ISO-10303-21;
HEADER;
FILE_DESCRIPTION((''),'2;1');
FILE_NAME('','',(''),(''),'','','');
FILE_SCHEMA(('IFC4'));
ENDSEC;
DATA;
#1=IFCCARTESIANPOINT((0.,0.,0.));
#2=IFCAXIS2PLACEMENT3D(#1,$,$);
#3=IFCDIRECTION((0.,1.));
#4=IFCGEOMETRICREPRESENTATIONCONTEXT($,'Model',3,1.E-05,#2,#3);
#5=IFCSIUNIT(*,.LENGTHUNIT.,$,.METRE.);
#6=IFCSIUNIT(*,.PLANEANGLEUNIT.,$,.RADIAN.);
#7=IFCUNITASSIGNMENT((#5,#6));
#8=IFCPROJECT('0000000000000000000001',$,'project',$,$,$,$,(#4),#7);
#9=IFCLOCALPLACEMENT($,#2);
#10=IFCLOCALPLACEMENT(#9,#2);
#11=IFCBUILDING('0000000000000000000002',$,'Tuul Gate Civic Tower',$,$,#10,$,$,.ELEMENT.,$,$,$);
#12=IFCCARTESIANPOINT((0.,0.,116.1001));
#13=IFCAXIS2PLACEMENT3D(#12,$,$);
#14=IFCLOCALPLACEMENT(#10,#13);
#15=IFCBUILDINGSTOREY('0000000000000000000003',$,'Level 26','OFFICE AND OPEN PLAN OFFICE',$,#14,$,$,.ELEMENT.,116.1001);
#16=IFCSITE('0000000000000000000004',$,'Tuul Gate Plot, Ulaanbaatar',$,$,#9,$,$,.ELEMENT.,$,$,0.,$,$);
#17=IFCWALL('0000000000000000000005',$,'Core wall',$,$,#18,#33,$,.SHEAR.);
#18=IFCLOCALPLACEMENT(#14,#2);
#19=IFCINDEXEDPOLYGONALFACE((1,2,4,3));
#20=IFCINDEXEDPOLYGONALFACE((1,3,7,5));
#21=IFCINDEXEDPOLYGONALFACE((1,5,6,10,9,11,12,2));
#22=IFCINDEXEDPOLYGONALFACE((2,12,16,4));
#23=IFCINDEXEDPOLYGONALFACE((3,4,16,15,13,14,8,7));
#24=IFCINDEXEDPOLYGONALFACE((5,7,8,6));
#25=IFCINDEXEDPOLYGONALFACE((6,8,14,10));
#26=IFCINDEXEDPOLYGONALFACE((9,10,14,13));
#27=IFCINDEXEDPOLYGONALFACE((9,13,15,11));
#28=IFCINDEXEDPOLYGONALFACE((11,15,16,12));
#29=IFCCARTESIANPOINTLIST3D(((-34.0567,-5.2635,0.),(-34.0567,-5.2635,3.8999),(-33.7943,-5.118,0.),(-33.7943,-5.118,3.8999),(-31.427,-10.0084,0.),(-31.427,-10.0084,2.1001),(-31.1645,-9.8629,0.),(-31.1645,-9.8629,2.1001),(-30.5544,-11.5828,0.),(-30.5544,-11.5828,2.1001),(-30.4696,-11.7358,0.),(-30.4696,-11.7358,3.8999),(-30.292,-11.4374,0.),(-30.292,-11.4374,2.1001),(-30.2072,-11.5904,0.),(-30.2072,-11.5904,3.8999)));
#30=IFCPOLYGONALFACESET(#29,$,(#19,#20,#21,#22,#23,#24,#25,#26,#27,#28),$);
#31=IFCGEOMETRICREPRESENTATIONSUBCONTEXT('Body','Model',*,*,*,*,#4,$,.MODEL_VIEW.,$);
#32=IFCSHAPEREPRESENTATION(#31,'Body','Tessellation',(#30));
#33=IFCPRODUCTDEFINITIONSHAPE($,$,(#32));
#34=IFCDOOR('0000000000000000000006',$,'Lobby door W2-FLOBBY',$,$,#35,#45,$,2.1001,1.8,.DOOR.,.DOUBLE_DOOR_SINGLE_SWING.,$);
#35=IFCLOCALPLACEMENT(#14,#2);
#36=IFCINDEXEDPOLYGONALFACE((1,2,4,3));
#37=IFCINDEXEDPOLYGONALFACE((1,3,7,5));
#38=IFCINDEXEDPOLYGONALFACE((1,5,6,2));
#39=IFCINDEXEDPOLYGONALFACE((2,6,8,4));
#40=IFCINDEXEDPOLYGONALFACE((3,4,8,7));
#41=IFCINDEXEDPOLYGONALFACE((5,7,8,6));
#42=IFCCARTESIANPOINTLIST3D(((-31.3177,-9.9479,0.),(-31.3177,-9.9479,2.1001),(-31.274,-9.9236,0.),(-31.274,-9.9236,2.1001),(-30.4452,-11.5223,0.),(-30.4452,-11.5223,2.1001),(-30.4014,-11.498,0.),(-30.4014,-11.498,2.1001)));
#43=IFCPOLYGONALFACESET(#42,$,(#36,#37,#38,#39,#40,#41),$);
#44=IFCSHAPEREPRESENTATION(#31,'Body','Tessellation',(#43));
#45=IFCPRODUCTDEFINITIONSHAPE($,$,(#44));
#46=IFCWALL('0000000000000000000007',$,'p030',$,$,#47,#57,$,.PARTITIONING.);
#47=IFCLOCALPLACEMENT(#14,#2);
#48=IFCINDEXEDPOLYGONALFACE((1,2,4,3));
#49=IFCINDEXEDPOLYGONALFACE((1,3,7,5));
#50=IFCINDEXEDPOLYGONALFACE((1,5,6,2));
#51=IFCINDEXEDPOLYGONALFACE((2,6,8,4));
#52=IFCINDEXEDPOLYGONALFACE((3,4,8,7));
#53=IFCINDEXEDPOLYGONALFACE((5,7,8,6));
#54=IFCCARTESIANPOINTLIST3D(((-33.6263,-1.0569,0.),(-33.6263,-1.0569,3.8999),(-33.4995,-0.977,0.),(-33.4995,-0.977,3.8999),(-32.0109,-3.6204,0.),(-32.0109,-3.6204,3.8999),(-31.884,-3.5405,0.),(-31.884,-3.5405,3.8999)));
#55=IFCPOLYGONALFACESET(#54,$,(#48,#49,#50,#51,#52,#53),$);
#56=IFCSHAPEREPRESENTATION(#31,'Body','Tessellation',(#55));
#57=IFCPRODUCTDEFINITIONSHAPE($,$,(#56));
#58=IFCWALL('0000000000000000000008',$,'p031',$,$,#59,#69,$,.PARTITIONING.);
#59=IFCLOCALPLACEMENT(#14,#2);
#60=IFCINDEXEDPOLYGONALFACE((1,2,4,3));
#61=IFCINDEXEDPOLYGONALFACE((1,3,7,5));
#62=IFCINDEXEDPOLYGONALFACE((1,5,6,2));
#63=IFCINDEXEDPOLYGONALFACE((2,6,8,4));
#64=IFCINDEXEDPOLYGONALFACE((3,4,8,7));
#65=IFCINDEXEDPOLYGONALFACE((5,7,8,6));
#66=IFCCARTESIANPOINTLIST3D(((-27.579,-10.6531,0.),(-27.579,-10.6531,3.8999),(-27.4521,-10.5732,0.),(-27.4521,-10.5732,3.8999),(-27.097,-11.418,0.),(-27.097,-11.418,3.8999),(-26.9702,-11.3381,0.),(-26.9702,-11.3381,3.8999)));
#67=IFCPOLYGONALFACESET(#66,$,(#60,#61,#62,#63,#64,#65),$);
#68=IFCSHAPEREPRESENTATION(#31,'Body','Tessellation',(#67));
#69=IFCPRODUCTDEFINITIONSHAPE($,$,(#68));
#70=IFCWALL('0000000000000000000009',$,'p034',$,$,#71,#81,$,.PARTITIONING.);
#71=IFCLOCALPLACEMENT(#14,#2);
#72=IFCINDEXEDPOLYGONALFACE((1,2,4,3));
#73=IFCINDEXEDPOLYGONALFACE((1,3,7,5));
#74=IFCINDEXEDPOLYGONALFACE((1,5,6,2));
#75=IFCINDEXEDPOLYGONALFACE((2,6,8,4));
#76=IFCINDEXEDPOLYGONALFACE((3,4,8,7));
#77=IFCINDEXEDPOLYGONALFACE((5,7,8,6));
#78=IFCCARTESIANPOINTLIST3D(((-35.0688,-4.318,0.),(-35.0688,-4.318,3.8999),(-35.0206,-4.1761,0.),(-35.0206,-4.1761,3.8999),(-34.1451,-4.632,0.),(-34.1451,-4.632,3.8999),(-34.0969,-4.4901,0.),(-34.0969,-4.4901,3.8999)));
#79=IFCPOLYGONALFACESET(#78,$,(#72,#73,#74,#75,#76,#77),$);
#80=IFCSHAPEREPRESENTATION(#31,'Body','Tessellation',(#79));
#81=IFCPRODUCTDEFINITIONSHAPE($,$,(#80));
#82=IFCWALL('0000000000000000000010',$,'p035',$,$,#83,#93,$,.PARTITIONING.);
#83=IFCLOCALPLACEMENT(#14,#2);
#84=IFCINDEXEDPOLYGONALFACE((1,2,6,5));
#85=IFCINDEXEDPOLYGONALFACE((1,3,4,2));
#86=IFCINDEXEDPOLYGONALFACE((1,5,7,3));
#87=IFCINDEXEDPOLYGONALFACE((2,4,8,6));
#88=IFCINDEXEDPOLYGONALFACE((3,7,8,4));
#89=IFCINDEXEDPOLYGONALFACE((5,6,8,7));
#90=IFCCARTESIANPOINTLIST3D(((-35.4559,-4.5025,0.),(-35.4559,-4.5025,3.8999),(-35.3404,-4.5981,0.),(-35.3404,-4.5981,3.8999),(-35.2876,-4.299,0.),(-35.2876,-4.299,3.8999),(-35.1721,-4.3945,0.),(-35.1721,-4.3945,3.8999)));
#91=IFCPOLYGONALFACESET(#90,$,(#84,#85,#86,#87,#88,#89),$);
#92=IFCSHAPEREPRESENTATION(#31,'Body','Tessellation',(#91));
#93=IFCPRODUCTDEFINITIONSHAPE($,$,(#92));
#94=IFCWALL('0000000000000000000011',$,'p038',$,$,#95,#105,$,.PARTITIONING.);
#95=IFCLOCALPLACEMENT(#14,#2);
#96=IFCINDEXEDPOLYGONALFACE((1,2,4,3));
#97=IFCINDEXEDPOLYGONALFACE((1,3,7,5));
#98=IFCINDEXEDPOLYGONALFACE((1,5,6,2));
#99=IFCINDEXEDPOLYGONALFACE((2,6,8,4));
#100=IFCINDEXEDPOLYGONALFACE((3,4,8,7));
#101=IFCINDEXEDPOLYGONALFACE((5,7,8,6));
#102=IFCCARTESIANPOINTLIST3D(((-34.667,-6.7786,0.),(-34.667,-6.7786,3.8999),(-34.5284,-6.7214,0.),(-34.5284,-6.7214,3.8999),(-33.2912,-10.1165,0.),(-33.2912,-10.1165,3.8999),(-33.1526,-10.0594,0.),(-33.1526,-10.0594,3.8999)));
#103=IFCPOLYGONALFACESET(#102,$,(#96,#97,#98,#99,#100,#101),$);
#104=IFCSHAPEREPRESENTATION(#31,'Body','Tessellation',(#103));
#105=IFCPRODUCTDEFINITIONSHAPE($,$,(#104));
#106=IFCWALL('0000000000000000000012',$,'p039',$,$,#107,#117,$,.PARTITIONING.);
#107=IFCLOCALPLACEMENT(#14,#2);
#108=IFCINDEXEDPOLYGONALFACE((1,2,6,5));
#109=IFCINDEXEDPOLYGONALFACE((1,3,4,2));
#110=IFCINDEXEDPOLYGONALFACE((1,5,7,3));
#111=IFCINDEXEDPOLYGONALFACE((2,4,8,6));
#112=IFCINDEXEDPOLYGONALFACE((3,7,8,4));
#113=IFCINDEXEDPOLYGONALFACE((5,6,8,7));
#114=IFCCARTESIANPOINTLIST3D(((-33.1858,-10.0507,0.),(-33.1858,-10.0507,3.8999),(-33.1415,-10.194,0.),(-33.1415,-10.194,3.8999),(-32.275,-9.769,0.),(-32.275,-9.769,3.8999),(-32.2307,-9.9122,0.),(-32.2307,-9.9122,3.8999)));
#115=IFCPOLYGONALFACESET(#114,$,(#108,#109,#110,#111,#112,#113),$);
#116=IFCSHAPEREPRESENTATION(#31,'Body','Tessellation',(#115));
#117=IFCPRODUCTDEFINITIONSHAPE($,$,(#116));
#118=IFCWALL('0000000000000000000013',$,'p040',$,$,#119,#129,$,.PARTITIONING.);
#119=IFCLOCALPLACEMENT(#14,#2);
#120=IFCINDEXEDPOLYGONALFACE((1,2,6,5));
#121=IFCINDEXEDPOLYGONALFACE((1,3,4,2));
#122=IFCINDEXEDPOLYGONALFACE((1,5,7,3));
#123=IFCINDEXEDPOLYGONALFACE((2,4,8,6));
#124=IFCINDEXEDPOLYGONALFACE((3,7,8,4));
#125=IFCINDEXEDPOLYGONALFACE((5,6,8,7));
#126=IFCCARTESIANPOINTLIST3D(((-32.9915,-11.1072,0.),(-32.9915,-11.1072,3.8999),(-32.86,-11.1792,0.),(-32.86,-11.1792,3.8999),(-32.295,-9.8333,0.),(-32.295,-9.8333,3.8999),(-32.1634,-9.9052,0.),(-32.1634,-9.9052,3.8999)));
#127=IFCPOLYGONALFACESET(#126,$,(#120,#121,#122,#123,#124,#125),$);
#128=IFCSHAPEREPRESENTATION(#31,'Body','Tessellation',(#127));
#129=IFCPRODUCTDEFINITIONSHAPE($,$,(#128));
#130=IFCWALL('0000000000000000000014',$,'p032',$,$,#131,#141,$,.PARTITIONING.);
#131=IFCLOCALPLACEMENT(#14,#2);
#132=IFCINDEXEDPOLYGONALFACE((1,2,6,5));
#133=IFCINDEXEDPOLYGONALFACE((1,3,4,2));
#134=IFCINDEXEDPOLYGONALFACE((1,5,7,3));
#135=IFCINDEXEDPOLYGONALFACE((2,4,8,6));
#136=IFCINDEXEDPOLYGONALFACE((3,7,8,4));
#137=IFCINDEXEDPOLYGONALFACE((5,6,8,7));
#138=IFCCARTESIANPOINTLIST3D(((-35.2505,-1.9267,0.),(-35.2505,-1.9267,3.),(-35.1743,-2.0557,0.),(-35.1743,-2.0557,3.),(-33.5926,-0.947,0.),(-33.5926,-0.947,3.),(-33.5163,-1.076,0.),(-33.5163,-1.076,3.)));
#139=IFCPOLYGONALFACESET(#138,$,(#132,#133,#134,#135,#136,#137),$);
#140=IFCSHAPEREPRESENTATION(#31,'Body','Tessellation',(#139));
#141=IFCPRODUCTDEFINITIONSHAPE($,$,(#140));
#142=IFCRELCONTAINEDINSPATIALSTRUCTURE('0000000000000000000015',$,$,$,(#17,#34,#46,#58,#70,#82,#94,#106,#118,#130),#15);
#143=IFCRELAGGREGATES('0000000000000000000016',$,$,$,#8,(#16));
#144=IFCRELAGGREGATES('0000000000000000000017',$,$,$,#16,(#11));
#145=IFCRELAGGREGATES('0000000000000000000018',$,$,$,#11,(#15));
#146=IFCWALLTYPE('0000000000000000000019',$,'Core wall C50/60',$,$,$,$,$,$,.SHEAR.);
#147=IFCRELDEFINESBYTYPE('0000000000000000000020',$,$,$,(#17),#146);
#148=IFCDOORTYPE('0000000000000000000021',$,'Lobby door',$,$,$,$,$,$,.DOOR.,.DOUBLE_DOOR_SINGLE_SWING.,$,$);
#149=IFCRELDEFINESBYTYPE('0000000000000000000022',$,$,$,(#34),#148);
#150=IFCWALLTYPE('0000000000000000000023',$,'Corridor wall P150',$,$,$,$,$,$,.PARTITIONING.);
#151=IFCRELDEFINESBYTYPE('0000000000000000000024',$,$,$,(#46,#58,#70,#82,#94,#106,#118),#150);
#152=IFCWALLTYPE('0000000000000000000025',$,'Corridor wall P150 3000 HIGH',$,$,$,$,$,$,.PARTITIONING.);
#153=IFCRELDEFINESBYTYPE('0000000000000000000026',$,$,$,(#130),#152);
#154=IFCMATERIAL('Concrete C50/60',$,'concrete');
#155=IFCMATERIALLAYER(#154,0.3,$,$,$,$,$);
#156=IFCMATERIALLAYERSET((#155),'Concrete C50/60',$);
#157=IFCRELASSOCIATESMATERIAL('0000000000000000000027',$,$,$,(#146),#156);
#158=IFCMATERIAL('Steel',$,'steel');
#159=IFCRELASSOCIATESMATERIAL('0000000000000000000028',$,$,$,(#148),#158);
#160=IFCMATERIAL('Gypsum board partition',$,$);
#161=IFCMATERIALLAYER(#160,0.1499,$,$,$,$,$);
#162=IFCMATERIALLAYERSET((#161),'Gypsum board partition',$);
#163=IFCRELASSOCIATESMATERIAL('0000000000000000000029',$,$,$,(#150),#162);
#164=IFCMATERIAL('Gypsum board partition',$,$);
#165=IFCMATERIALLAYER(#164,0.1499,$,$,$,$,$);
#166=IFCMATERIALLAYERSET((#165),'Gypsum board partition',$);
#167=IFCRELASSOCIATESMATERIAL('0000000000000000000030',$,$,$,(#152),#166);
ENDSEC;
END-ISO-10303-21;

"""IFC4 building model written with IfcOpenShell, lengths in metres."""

from ifc_helpers import new_model, si_unit, direction, frame, frame_2d, origin, place, context, subcontext, project, spatial, rectangle, extrude, material, layer, layer_set, type_object, element, fill, save


model = new_model("IFC4")

# Units and contexts
model_context = context("Model", 3, precision=1e-05, world=origin(), true_north=direction((0.0, 1.0)))
body_context = subcontext(model_context, "Body", "Model", "MODEL_VIEW")
ifc_project = project(units=[si_unit("LENGTHUNIT", "METRE"), si_unit("PLANEANGLEUNIT", "RADIAN")], contexts=[model_context])

# Site, building, storey
site_placement = place(None, origin())
site = spatial("IfcSite", under=ifc_project, at=site_placement, Name="Tuul Gate Plot, Ulaanbaatar", CompositionType="ELEMENT", RefElevation=0.0)
building_placement = place(site_placement, origin())
building = spatial("IfcBuilding", under=site, at=building_placement, Name="Tuul Gate Civic Tower", CompositionType="ELEMENT")
storey_placement = place(building_placement, frame((0.0, 0.0, 116.1001)))
storey = spatial("IfcBuildingStorey", under=building, at=storey_placement, Name="Level 26", Description="OFFICE AND OPEN PLAN OFFICE", CompositionType="ELEMENT", Elevation=116.1001)

# Shared definitions
ifc_material_1 = material(Name="Concrete C50/60", Category="concrete")
ifc_layer_1 = layer(ifc_material_1, 0.3)
ifc_layer_set_1 = layer_set([ifc_layer_1], Name="Concrete C50/60")
wall_type_1 = type_object("IfcWallType", Name="Core wall C50/60", PredefinedType="SHEAR", material=ifc_layer_set_1)

# Wall, opening, door
wall_1_placement = place(storey_placement, frame((-30.3384, -11.6631, 0.0), z_axis=(0.0, 0.0, 1.0), x_axis=(-0.484752, 0.874652, 0.0)))
wall_1 = element("IfcWall", 1, at=wall_1_placement, inside=storey, type_object=wall_type_1, Name="Core wall", PredefinedType="SHEAR", context=body_context, shape_type="SweptSolid", body=[
    extrude(rectangle(XDim=7.3999, YDim=0.3, at=frame_2d((3.7, 0.0))), origin(), (0.0, 0.0, 1.0), 3.8999),
])
opening_1_placement = place(wall_1_placement, frame((0.175, 0.0, 0.0)))
opening_1 = element("IfcOpeningElement", 2, at=opening_1_placement, cuts=wall_1, PredefinedType="OPENING", context=body_context, shape_type="SweptSolid", body=[
    extrude(rectangle(XDim=1.8, YDim=2.1001, at=frame_2d((0.8999, 1.05))), frame((0.0, 0.1602, 0.0), z_axis=(0.0, -1.0, 0.0), x_axis=(1.0, 0.0, 0.0)), (0.0, 0.0, 1.0), 0.3201),
])
ifc_material_2 = material(Name="Steel", Category="steel")
door_type_1 = type_object("IfcDoorType", Name="Lobby door", OperationType="DOUBLE_DOOR_SINGLE_SWING", PredefinedType="DOOR", material=ifc_material_2)
door_1_placement = place(opening_1_placement, frame((1.8, 0.0, 0.0), z_axis=(0.0, 0.0, 1.0), x_axis=(-1.0, 0.0, 0.0)))
door_1 = element("IfcDoor", 3, at=door_1_placement, inside=storey, type_object=door_type_1, Name="Lobby door W2-FLOBBY", OperationType="DOUBLE_DOOR_SINGLE_SWING", OverallHeight=2.1001, OverallWidth=1.8, PredefinedType="DOOR", context=body_context, shape_type="SweptSolid", body=[
    extrude(rectangle(XDim=1.8, YDim=2.1001, at=frame_2d((0.9001, 1.05))), frame((0.0, 0.0249, 0.0), z_axis=(0.0, -1.0, 0.0), x_axis=(1.0, 0.0, 0.0)), (0.0, 0.0, 1.0), 0.05),
])
fill(opening_1, door_1)

# Walls
ifc_material_3 = material(Name="Gypsum board partition")
ifc_layer_2 = layer(ifc_material_3, 0.1499)
ifc_layer_set_2 = layer_set([ifc_layer_2], Name="Gypsum board partition")
wall_type_2 = type_object("IfcWallType", Name="Corridor wall P150", PredefinedType="PARTITIONING", material=ifc_layer_set_2)
wall_2_placement = place(storey_placement, frame((-33.563, -1.0168, 0.0), z_axis=(0.0, 0.0, 1.0), x_axis=(0.533153, -0.846019, 0.0)))
element("IfcWall", 4, at=wall_2_placement, inside=storey, type_object=wall_type_2, Name="p030", PredefinedType="PARTITIONING", context=body_context, shape_type="SweptSolid", body=[
    extrude(rectangle(XDim=3.03, YDim=0.1499, at=frame_2d((1.5151, 0.0))), origin(), (0.0, 0.0, 1.0), 3.8999),
])
wall_3_placement = place(storey_placement, frame((-27.5156, -10.613, 0.0), z_axis=(0.0, 0.0, 1.0), x_axis=(0.533078, -0.846066, 0.0)))
element("IfcWall", 5, at=wall_3_placement, inside=storey, type_object=wall_type_2, Name="p031", PredefinedType="PARTITIONING", context=body_context, shape_type="SweptSolid", body=[
    extrude(rectangle(XDim=0.9041, YDim=0.1499, at=frame_2d((0.4521, 0.0))), origin(), (0.0, 0.0, 1.0), 3.8999),
])
wall_4_placement = place(storey_placement, frame((-35.0447, -4.2471, 0.0), z_axis=(0.0, 0.0, 1.0), x_axis=(0.94679, -0.321853, 0.0)))
element("IfcWall", 6, at=wall_4_placement, inside=storey, type_object=wall_type_2, Name="p034", PredefinedType="PARTITIONING", context=body_context, shape_type="SweptSolid", body=[
    extrude(rectangle(XDim=0.9756, YDim=0.1499, at=frame_2d((0.4878, 0.0))), origin(), (0.0, 0.0, 1.0), 3.8999),
])
wall_5_placement = place(storey_placement, frame((-35.3982, -4.5503, 0.0), z_axis=(0.0, 0.0, 1.0), x_axis=(0.637454, 0.770488, 0.0)))
element("IfcWall", 7, at=wall_5_placement, inside=storey, type_object=wall_type_2, Name="p035", PredefinedType="PARTITIONING", context=body_context, shape_type="SweptSolid", body=[
    extrude(rectangle(XDim=0.2642, YDim=0.1499, at=frame_2d((0.1321, 0.0))), origin(), (0.0, 0.0, 1.0), 3.8999),
])
wall_6_placement = place(storey_placement, frame((-34.5977, -6.75, 0.0), z_axis=(0.0, 0.0, 1.0), x_axis=(0.381059, -0.924551, 0.0)))
element("IfcWall", 8, at=wall_6_placement, inside=storey, type_object=wall_type_2, Name="p038", PredefinedType="PARTITIONING", context=body_context, shape_type="SweptSolid", body=[
    extrude(rectangle(XDim=3.6104, YDim=0.1499, at=frame_2d((1.8052, 0.0))), origin(), (0.0, 0.0, 1.0), 3.8999),
])
wall_7_placement = place(storey_placement, frame((-33.1636, -10.1223, 0.0), z_axis=(0.0, 0.0, 1.0), x_axis=(0.955346, 0.295489, 0.0)))
element("IfcWall", 9, at=wall_7_placement, inside=storey, type_object=wall_type_2, Name="p039", PredefinedType="PARTITIONING", context=body_context, shape_type="SweptSolid", body=[
    extrude(rectangle(XDim=0.9534, YDim=0.1499, at=frame_2d((0.4766, 0.0))), origin(), (0.0, 0.0, 1.0), 3.8999),
])
wall_8_placement = place(storey_placement, frame((-32.9258, -11.1433, 0.0), z_axis=(0.0, 0.0, 1.0), x_axis=(0.479735, 0.877413, 0.0)))
element("IfcWall", 10, at=wall_8_placement, inside=storey, type_object=wall_type_2, Name="p040", PredefinedType="PARTITIONING", context=body_context, shape_type="SweptSolid", body=[
    extrude(rectangle(XDim=1.4519, YDim=0.1499, at=frame_2d((0.7261, 0.0))), origin(), (0.0, 0.0, 1.0), 3.8999),
])
ifc_material_4 = material(Name="Gypsum board partition")
ifc_layer_3 = layer(ifc_material_4, 0.1499)
ifc_layer_set_3 = layer_set([ifc_layer_3], Name="Gypsum board partition")
wall_type_3 = type_object("IfcWallType", Name="Corridor wall P150 3000 HIGH", PredefinedType="PARTITIONING", material=ifc_layer_set_3)
wall_9_placement = place(storey_placement, frame((-35.2124, -1.9912, 0.0), z_axis=(0.0, 0.0, 1.0), x_axis=(0.860919, 0.508742, 0.0)))
element("IfcWall", 11, at=wall_9_placement, inside=storey, type_object=wall_type_3, Name="p032", PredefinedType="PARTITIONING", context=body_context, shape_type="SweptSolid", body=[
    extrude(rectangle(XDim=1.9258, YDim=0.1499, at=frame_2d((0.9629, 0.0))), origin(), (0.0, 0.0, 1.0), 3.0),
])

save(model, "model.ifc")
